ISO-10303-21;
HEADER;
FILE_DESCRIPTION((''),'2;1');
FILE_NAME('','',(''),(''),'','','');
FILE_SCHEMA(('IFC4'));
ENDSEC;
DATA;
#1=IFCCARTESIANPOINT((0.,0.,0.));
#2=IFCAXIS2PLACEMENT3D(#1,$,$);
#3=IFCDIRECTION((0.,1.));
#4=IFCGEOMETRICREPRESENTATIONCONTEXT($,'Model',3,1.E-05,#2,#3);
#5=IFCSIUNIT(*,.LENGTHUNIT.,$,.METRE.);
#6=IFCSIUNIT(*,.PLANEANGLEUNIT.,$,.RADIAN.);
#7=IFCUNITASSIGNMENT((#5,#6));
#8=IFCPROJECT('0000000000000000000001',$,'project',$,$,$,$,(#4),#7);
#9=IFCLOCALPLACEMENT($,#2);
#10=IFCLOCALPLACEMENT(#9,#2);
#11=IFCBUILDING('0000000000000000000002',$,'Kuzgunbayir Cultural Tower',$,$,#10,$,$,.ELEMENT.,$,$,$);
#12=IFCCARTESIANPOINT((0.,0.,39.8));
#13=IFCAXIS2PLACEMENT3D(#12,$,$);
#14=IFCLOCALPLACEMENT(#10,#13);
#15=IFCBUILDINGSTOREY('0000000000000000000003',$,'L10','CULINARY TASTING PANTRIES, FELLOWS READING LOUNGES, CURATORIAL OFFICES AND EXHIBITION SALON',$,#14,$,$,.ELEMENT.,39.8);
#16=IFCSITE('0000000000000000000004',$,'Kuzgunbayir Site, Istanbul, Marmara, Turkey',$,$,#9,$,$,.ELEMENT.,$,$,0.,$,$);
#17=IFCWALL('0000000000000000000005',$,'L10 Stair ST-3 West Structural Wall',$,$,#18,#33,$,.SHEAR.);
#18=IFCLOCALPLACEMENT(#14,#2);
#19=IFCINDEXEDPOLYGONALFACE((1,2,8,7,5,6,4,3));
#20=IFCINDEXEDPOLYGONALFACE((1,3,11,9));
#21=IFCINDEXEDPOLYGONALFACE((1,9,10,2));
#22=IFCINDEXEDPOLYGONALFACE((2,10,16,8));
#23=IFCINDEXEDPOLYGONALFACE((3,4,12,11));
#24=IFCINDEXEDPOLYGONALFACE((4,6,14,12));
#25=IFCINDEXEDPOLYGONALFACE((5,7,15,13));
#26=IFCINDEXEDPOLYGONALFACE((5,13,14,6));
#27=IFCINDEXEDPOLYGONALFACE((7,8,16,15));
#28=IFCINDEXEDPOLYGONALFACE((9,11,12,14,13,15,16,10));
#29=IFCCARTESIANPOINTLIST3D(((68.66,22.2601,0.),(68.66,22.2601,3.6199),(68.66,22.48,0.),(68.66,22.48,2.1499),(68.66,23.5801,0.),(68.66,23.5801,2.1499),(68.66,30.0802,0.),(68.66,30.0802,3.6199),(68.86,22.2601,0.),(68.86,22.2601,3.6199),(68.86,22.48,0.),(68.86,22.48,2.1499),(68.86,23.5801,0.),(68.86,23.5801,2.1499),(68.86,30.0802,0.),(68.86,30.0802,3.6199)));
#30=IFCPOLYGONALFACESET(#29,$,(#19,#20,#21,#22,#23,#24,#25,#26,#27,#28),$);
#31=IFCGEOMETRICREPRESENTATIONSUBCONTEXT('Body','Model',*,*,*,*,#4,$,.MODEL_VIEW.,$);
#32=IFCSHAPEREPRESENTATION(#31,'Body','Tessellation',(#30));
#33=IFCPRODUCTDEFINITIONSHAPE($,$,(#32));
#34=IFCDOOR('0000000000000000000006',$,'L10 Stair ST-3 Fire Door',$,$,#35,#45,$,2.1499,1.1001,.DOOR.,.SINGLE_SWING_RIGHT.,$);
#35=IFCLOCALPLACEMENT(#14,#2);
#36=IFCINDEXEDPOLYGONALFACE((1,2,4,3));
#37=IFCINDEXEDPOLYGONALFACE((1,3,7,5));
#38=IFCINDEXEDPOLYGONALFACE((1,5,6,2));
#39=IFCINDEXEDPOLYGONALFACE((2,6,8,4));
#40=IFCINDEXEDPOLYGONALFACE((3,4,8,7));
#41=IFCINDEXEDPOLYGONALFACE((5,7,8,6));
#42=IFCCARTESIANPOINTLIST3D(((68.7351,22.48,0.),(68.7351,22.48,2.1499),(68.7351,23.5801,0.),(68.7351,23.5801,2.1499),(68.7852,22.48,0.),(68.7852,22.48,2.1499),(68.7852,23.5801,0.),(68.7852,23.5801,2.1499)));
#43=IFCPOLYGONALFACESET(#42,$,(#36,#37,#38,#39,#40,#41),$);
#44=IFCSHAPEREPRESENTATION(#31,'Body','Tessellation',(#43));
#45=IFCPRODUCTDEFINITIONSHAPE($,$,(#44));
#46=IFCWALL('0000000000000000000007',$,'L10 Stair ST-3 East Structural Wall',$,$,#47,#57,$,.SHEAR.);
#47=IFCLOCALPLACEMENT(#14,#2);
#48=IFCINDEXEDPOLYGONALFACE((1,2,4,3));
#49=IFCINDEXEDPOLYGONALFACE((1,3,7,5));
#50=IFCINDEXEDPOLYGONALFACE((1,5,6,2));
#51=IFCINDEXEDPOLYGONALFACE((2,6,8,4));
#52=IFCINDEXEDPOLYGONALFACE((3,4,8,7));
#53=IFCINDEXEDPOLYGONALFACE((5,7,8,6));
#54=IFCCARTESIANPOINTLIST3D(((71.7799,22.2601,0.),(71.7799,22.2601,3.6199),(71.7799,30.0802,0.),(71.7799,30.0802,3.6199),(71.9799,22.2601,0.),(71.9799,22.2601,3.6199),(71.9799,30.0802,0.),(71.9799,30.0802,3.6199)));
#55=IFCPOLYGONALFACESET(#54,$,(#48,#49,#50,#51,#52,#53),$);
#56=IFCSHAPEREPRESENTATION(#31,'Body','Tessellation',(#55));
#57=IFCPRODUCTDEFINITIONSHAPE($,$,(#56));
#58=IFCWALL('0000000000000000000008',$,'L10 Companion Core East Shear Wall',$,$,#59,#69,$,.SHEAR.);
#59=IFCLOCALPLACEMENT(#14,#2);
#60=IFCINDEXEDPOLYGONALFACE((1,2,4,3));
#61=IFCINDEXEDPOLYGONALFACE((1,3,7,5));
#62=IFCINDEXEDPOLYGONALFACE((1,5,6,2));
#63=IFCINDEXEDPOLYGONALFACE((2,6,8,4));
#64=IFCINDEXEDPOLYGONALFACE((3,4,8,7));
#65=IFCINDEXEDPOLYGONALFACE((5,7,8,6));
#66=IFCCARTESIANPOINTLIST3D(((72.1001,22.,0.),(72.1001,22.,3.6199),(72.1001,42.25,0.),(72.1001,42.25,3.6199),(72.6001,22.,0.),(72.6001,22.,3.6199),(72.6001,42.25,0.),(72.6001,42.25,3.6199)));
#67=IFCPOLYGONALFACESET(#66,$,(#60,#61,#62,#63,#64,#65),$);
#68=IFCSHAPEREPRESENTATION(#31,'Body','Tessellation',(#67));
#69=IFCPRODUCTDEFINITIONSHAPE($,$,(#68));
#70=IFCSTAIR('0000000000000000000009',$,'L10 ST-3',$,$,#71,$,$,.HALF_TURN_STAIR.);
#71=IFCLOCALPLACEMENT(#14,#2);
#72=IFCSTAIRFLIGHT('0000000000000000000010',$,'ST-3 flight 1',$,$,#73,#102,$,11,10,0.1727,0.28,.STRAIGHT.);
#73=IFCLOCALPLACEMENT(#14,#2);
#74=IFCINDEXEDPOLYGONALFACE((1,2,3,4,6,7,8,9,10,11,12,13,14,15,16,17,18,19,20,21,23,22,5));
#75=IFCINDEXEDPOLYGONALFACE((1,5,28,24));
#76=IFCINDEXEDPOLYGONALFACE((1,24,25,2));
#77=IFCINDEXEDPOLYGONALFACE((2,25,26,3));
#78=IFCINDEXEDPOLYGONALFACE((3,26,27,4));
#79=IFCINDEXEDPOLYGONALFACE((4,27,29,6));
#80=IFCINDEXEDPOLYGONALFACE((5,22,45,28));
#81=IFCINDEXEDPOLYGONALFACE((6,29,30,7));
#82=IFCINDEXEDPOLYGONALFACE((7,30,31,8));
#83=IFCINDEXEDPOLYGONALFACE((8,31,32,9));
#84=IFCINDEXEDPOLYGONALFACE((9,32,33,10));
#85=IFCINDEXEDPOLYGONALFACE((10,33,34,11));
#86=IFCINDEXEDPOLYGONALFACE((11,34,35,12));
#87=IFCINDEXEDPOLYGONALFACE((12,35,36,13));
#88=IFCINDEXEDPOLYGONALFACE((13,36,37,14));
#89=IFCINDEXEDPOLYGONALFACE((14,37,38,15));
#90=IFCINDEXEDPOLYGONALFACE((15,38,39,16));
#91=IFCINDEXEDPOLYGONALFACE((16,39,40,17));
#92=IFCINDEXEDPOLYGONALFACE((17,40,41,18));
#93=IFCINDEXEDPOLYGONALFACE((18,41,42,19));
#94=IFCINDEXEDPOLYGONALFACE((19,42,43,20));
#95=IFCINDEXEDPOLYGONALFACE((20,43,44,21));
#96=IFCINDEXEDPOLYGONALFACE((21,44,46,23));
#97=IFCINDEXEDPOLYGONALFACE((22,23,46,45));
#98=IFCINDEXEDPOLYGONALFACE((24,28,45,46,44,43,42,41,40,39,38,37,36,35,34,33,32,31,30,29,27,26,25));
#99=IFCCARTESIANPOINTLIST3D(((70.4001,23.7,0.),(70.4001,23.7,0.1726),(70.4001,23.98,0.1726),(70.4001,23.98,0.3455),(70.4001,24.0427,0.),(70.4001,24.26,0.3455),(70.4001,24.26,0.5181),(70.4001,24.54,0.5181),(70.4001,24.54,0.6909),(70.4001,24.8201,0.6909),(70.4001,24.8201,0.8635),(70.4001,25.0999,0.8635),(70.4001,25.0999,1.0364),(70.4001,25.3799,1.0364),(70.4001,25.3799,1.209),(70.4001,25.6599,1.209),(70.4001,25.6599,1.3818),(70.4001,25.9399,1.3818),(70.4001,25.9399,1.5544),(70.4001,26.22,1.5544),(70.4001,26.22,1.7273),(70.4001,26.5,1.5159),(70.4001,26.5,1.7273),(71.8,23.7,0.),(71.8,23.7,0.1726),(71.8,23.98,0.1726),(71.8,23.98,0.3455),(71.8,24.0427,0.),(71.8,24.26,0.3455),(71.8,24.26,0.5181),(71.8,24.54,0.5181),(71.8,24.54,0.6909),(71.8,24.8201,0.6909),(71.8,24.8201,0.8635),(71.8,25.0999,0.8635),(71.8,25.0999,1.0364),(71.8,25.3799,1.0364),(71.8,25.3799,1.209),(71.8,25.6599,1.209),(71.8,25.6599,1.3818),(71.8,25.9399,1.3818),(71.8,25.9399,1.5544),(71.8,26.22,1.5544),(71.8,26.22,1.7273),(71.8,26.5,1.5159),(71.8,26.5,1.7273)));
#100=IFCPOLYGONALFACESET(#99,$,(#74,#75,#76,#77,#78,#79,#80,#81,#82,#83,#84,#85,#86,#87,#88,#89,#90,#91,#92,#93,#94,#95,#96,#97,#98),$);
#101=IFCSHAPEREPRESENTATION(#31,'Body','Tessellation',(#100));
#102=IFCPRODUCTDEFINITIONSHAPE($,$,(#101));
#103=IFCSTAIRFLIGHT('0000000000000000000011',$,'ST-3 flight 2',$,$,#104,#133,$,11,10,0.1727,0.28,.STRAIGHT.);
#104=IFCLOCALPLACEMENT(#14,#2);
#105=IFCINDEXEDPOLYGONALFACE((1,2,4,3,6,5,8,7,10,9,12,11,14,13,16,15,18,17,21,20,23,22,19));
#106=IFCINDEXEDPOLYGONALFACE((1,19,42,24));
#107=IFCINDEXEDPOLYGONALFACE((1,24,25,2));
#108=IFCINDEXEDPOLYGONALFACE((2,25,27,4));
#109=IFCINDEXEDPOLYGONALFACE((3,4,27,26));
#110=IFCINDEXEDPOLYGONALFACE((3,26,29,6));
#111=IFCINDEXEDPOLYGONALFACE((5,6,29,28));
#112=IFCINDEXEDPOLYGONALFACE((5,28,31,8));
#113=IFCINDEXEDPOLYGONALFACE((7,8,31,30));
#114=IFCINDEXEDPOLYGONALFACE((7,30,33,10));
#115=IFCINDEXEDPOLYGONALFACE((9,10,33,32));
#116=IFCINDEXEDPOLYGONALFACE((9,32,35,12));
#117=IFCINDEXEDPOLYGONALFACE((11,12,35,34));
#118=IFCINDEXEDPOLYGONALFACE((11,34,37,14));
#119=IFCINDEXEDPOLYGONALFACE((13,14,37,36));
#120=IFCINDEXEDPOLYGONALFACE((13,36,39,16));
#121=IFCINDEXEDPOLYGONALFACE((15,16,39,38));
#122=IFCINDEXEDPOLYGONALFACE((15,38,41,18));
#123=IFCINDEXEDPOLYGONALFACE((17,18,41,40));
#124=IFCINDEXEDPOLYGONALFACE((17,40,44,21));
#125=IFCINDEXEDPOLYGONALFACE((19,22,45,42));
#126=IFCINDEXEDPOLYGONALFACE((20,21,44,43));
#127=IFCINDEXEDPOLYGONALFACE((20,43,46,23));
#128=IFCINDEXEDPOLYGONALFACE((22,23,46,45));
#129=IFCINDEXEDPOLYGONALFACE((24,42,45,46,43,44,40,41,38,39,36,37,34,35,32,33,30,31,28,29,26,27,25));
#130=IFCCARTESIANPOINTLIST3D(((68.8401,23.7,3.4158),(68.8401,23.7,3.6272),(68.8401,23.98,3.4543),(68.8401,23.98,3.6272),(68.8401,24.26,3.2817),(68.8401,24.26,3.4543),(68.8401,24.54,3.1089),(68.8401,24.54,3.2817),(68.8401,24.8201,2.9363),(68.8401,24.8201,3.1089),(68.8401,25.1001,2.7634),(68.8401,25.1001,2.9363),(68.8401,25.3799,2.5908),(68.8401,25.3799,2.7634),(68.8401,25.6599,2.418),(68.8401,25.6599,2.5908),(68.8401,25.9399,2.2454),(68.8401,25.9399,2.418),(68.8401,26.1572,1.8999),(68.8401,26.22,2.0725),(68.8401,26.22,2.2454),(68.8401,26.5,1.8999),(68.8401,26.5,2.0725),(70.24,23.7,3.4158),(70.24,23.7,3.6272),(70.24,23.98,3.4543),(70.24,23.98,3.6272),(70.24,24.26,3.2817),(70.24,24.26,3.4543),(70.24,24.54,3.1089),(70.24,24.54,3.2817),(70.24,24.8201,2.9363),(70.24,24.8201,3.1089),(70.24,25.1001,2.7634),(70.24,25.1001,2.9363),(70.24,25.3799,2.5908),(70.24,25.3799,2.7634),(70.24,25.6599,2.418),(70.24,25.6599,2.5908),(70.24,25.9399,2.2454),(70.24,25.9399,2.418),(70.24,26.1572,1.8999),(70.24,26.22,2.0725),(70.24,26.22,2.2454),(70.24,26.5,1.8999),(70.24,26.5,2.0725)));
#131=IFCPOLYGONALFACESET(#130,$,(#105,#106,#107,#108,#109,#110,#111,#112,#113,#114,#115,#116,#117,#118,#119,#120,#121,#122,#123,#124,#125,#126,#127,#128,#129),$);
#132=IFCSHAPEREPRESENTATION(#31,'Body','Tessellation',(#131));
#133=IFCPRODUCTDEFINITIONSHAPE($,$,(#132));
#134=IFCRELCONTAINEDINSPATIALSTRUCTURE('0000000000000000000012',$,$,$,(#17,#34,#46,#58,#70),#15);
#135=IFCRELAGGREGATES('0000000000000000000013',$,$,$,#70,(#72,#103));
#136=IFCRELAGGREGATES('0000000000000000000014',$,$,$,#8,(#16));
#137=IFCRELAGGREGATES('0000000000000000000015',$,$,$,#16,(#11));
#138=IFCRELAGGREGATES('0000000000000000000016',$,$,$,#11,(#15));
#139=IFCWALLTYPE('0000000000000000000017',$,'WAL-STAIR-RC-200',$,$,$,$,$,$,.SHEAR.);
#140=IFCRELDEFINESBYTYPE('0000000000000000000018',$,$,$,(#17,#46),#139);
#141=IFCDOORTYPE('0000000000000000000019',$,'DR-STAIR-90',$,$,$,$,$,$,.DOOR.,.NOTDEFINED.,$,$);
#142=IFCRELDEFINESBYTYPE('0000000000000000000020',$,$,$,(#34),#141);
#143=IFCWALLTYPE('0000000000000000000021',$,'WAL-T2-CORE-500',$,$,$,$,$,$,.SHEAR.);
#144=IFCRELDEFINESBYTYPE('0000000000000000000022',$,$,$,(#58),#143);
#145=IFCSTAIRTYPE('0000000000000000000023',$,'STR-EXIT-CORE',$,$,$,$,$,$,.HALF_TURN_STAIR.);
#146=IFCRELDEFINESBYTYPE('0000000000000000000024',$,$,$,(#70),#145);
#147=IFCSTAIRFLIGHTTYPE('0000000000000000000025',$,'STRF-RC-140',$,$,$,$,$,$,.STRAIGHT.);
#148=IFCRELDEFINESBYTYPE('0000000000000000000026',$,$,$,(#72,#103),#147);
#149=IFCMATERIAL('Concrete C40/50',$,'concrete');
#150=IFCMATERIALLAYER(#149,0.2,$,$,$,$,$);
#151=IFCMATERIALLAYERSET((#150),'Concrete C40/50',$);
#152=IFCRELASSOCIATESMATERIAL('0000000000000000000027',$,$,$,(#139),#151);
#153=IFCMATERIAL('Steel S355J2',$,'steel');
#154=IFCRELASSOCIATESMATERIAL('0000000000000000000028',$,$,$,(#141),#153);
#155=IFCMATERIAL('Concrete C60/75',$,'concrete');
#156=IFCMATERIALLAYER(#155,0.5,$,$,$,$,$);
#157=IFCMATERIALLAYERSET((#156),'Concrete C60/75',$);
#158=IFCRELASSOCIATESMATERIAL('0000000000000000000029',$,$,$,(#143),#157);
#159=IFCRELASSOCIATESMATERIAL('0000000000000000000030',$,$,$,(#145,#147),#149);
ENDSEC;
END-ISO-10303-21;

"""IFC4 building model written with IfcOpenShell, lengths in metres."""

from ifc_helpers import new_model, si_unit, direction, frame, frame_2d, origin, place, context, subcontext, project, spatial, polyline, rectangle, outline, extrude, material, layer, layer_set, type_object, element, fill, aggregate, save


model = new_model("IFC4")

# Units and contexts
model_context = context("Model", 3, precision=1e-05, world=origin(), true_north=direction((0.0, 1.0)))
body_context = subcontext(model_context, "Body", "Model", "MODEL_VIEW")
ifc_project = project(units=[si_unit("LENGTHUNIT", "METRE"), si_unit("PLANEANGLEUNIT", "RADIAN")], contexts=[model_context])

# Site, building, storey
site_placement = place(None, origin())
site = spatial("IfcSite", under=ifc_project, at=site_placement, Name="Kuzgunbayir Site, Istanbul, Marmara, Turkey", CompositionType="ELEMENT", RefElevation=0.0)
building_placement = place(site_placement, origin())
building = spatial("IfcBuilding", under=site, at=building_placement, Name="Kuzgunbayir Cultural Tower", CompositionType="ELEMENT")
storey_placement = place(building_placement, frame((0.0, 0.0, 39.8)))
storey = spatial("IfcBuildingStorey", under=building, at=storey_placement, Name="L10", Description="CULINARY TASTING PANTRIES, FELLOWS READING LOUNGES, CURATORIAL OFFICES AND EXHIBITION SALON", CompositionType="ELEMENT", Elevation=39.8)

# Shared definitions
ifc_material_1 = material(Name="Concrete C60/75", Category="concrete")

# Shared definitions
ifc_material_2 = material(Name="Steel S355J2", Category="steel")

# Wall, opening, door
ifc_material_3 = material(Name="Concrete C40/50", Category="concrete")
ifc_layer_1 = layer(ifc_material_3, 0.2)
ifc_layer_set_1 = layer_set([ifc_layer_1], Name="Concrete C40/50")
wall_type_1 = type_object("IfcWallType", Name="WAL-STAIR-RC-200", PredefinedType="SHEAR", material=ifc_layer_set_1)
wall_1_placement = place(storey_placement, frame((68.76, 22.26, 0.0), z_axis=(0.0, 0.0, 1.0), x_axis=(0.0, 1.0, 0.0)))
wall_1 = element("IfcWall", 1, at=wall_1_placement, inside=storey, type_object=wall_type_1, Name="L10 Stair ST-3 West Structural Wall", PredefinedType="SHEAR", context=body_context, shape_type="SweptSolid", body=[
    extrude(rectangle(XDim=7.8201, YDim=0.2, at=frame_2d((3.9102, 0.0))), origin(), (0.0, 0.0, 1.0), 3.6199),
])
opening_1_placement = place(wall_1_placement, frame((0.22, 0.0, 0.0)))
opening_1 = element("IfcOpeningElement", 2, at=opening_1_placement, cuts=wall_1, PredefinedType="OPENING", context=body_context, shape_type="SweptSolid", body=[
    extrude(rectangle(XDim=1.1001, YDim=2.1499, at=frame_2d((0.55, 1.075))), frame((0.0, 0.1099, 0.0), z_axis=(0.0, -1.0, 0.0), x_axis=(1.0, 0.0, 0.0)), (0.0, 0.0, 1.0), 0.22),
])
door_type_1 = type_object("IfcDoorType", Name="DR-STAIR-90", OperationType="NOTDEFINED", PredefinedType="DOOR", material=ifc_material_2)
door_1_placement = place(opening_1_placement, origin())
door_1 = element("IfcDoor", 3, at=door_1_placement, inside=storey, type_object=door_type_1, Name="L10 Stair ST-3 Fire Door", OperationType="SINGLE_SWING_RIGHT", OverallHeight=2.1499, OverallWidth=1.1001, PredefinedType="DOOR", context=body_context, shape_type="SweptSolid", body=[
    extrude(rectangle(XDim=1.1001, YDim=2.1499, at=frame_2d((0.55, 1.075))), frame((0.0, 0.0249, 0.0), z_axis=(0.0, -1.0, 0.0), x_axis=(1.0, 0.0, 0.0)), (0.0, 0.0, 1.0), 0.05),
])
fill(opening_1, door_1)

# Walls
wall_2_placement = place(storey_placement, frame((71.8799, 22.26, 0.0), z_axis=(0.0, 0.0, 1.0), x_axis=(0.0, 1.0, 0.0)))
element("IfcWall", 4, at=wall_2_placement, inside=storey, type_object=wall_type_1, Name="L10 Stair ST-3 East Structural Wall", PredefinedType="SHEAR", context=body_context, shape_type="SweptSolid", body=[
    extrude(rectangle(XDim=7.8201, YDim=0.2, at=frame_2d((3.9102, 0.0))), origin(), (0.0, 0.0, 1.0), 3.6199),
])
ifc_layer_2 = layer(ifc_material_1, 0.5)
ifc_layer_set_2 = layer_set([ifc_layer_2], Name="Concrete C60/75")
wall_type_2 = type_object("IfcWallType", Name="WAL-T2-CORE-500", PredefinedType="SHEAR", material=ifc_layer_set_2)
wall_3_placement = place(storey_placement, frame((72.3501, 22.0, 0.0), z_axis=(0.0, 0.0, 1.0), x_axis=(0.0, 1.0, 0.0)))
element("IfcWall", 5, at=wall_3_placement, inside=storey, type_object=wall_type_2, Name="L10 Companion Core East Shear Wall", PredefinedType="SHEAR", context=body_context, shape_type="SweptSolid", body=[
    extrude(rectangle(XDim=20.25, YDim=0.5, at=frame_2d((10.125, 0.0))), origin(), (0.0, 0.0, 1.0), 3.6199),
])

# Stair, stair flights
stair_type = type_object("IfcStairType", Name="STR-EXIT-CORE", PredefinedType="HALF_TURN_STAIR", material=ifc_material_3)
stair_placement = place(storey_placement, origin())
stair = element("IfcStair", 6, at=stair_placement, inside=storey, type_object=stair_type, Name="L10 ST-3", PredefinedType="HALF_TURN_STAIR")
stair_flight_type = type_object("IfcStairFlightType", Name="STRF-RC-140", PredefinedType="STRAIGHT", material=ifc_material_3)
stair_flight_1_placement = place(storey_placement, frame((71.1001, 23.7, 0.0), z_axis=(0.0, 0.0, 1.0), x_axis=(0.0, 1.0, 0.0)))
stair_flight_1 = element("IfcStairFlight", 7, at=stair_flight_1_placement, type_object=stair_flight_type, Name="ST-3 flight 1", NumberOfRisers=11, NumberOfTreads=10, PredefinedType="STRAIGHT", RiserHeight=0.1727, TreadLength=0.28, context=body_context, shape_type="SweptSolid", body=[
    extrude(outline(polyline([(0.0, 0.0), (0.0, 0.1726), (0.28, 0.1726), (0.28, 0.3455), (0.5601, 0.3455), (0.5601, 0.5181), (0.8401, 0.5181), (0.8401, 0.6909), (1.1201, 0.6909), (1.1201, 0.8635), (1.3999, 0.8635), (1.3999, 1.0364), (1.6799, 1.0364), (1.6799, 1.209), (1.96, 1.209), (1.96, 1.3818), (2.24, 1.3818), (2.24, 1.5544), (2.52, 1.5544), (2.52, 1.7273), (2.8, 1.7273), (2.8, 1.8999), (2.8, 1.5159), (0.3428, 0.0), (0.0, 0.0)])), frame((0.0, 0.7, 0.0), z_axis=(0.0, -1.0, 0.0), x_axis=(1.0, 0.0, 0.0)), (0.0, 0.0, 1.0), 1.3999),
])
stair_flight_2_placement = place(storey_placement, frame((69.54, 26.5, 1.8999), z_axis=(0.0, 0.0, 1.0), x_axis=(0.0, -1.0, 0.0)))
stair_flight_2 = element("IfcStairFlight", 8, at=stair_flight_2_placement, type_object=stair_flight_type, Name="ST-3 flight 2", NumberOfRisers=11, NumberOfTreads=10, PredefinedType="STRAIGHT", RiserHeight=0.1727, TreadLength=0.28, context=body_context, shape_type="SweptSolid", body=[
    extrude(outline(polyline([(0.0, 0.0), (0.0, 0.1726), (0.28, 0.1726), (0.28, 0.3455), (0.5601, 0.3455), (0.5601, 0.5181), (0.8401, 0.5181), (0.8401, 0.6909), (1.1201, 0.6909), (1.1201, 0.8635), (1.3999, 0.8635), (1.3999, 1.0364), (1.6799, 1.0364), (1.6799, 1.209), (1.96, 1.209), (1.96, 1.3818), (2.24, 1.3818), (2.24, 1.5544), (2.52, 1.5544), (2.52, 1.7273), (2.8, 1.7273), (2.8, 1.8999), (2.8, 1.5159), (0.3428, 0.0), (0.0, 0.0)])), frame((0.0, 0.7, 0.0), z_axis=(0.0, -1.0, 0.0), x_axis=(1.0, 0.0, 0.0)), (0.0, 0.0, 1.0), 1.3999),
])
aggregate(stair, [stair_flight_1, stair_flight_2])

save(model, "model.ifc")
